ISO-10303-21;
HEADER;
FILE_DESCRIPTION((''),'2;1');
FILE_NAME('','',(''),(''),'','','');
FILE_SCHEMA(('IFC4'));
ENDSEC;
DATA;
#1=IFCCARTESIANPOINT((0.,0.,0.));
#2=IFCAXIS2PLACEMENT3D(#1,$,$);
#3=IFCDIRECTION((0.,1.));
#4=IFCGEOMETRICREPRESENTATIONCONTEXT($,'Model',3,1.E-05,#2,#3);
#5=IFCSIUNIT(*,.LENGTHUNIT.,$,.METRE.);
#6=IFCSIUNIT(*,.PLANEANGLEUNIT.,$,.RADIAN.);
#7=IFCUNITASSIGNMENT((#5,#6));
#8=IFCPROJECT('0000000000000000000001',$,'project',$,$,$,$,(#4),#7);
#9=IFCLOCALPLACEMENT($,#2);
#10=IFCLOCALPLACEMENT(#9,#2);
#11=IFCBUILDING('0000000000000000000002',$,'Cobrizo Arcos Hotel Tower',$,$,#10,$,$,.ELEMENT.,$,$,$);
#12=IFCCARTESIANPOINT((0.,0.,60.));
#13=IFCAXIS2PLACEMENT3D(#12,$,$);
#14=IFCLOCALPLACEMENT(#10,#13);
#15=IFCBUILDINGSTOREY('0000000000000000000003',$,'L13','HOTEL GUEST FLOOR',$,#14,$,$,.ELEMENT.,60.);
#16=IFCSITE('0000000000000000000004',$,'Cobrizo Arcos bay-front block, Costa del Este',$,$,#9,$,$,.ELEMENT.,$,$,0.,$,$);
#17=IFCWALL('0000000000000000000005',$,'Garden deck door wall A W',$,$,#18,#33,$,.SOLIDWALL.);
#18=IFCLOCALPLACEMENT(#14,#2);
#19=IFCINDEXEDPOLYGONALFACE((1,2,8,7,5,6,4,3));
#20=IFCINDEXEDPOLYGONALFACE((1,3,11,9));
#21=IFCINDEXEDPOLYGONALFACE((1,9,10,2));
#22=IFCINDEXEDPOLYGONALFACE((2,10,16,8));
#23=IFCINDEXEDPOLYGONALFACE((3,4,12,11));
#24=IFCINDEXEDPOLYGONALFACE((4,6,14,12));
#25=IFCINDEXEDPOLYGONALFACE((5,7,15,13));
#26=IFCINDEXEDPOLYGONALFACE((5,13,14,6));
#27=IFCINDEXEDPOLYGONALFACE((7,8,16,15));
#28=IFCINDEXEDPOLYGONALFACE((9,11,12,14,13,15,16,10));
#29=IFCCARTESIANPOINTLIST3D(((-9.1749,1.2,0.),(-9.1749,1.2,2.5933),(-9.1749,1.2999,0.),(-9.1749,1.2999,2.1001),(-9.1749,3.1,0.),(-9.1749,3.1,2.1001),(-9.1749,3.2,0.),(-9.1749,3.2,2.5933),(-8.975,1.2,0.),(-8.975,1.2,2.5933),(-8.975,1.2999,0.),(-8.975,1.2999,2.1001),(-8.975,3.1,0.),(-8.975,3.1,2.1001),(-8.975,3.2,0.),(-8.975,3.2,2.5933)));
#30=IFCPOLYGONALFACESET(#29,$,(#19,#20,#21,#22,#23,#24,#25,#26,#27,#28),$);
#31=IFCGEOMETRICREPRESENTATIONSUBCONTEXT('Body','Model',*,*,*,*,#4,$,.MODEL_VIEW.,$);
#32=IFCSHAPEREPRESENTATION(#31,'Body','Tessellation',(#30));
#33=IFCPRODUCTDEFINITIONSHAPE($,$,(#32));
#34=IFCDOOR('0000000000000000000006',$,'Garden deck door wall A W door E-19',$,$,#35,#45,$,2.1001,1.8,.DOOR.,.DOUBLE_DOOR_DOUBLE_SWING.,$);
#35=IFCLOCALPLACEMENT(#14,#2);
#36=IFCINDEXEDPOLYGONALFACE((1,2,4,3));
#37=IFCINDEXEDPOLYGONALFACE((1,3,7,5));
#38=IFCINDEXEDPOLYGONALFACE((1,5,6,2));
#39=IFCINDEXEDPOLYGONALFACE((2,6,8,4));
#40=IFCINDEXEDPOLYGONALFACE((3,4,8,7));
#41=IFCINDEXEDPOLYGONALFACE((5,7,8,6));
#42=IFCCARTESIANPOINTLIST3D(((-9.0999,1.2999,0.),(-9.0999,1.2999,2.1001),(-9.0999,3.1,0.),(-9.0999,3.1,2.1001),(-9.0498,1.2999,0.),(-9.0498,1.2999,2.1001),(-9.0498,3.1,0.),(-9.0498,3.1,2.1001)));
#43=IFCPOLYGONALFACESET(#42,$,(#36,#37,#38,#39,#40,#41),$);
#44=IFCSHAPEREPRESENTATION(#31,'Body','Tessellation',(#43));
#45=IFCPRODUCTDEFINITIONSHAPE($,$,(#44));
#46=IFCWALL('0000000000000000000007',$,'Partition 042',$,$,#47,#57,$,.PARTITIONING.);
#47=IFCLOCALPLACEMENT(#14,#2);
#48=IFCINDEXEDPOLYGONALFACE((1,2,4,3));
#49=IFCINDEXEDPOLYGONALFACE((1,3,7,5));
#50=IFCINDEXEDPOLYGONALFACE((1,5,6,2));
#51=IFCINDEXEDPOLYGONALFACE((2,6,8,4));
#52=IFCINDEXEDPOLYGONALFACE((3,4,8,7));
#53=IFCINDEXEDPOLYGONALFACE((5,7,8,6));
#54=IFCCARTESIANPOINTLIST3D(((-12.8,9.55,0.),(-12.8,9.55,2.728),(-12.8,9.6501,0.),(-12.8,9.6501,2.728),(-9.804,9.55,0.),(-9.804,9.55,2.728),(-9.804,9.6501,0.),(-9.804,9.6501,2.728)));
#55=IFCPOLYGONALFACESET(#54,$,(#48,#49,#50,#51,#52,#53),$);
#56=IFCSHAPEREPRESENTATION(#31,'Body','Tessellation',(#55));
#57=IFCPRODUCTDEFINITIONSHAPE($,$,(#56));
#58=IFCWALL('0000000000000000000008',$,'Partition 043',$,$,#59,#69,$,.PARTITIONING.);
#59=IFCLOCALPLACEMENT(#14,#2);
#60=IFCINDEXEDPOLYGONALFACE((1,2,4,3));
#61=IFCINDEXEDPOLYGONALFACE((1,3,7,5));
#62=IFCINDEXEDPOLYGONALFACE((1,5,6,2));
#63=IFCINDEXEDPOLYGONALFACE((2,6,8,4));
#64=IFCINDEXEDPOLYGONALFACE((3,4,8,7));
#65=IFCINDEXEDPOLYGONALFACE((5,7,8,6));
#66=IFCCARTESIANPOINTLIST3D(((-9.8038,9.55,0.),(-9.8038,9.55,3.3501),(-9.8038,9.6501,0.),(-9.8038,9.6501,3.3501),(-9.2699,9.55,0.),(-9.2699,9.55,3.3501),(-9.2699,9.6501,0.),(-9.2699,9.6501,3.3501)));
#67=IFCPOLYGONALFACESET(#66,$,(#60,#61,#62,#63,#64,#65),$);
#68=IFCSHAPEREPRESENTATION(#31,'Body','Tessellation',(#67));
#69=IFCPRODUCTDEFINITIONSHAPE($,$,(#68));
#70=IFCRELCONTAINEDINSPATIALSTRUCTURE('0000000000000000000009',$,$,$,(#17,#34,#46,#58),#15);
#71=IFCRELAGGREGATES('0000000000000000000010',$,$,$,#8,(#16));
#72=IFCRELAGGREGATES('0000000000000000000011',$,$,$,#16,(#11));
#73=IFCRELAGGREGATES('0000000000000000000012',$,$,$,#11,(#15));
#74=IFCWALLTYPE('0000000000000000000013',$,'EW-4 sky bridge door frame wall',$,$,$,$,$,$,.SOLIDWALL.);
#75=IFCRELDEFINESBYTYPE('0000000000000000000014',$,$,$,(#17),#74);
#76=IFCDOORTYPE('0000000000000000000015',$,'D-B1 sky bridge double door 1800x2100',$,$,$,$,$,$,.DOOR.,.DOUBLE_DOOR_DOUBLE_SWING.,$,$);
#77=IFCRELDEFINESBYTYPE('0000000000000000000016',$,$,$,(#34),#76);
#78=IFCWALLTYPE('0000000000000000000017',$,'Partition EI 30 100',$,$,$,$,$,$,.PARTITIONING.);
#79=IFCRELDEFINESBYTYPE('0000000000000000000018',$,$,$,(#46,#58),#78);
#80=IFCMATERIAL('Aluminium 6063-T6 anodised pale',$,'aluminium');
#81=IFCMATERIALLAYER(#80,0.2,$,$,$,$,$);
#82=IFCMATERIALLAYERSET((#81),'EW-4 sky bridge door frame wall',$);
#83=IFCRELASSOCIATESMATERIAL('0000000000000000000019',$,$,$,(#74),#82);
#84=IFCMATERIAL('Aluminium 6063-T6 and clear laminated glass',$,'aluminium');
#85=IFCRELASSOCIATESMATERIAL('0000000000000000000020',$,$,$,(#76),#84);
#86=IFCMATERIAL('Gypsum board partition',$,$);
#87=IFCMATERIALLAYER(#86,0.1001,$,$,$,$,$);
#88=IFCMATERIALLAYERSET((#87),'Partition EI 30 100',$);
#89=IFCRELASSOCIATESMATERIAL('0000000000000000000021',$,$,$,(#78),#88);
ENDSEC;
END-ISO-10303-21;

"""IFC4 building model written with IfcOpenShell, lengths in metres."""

from ifc_helpers import new_model, si_unit, direction, frame, frame_2d, origin, place, context, subcontext, project, spatial, rectangle, extrude, material, layer, layer_set, type_object, element, fill, save


model = new_model("IFC4")

# Units and contexts
model_context = context("Model", 3, precision=1e-05, world=origin(), true_north=direction((0.0, 1.0)))
body_context = subcontext(model_context, "Body", "Model", "MODEL_VIEW")
ifc_project = project(units=[si_unit("LENGTHUNIT", "METRE"), si_unit("PLANEANGLEUNIT", "RADIAN")], contexts=[model_context])

# Site, building, storey
site_placement = place(None, origin())
site = spatial("IfcSite", under=ifc_project, at=site_placement, Name="Cobrizo Arcos bay-front block, Costa del Este", CompositionType="ELEMENT", RefElevation=0.0)
building_placement = place(site_placement, origin())
building = spatial("IfcBuilding", under=site, at=building_placement, Name="Cobrizo Arcos Hotel Tower", CompositionType="ELEMENT")
storey_placement = place(building_placement, frame((0.0, 0.0, 60.0)))
storey = spatial("IfcBuildingStorey", under=building, at=storey_placement, Name="L13", Description="HOTEL GUEST FLOOR", CompositionType="ELEMENT", Elevation=60.0)

# Shared definitions
ifc_material_1 = material(Name="Gypsum board partition")

# Wall, opening, door
ifc_material_2 = material(Name="Aluminium 6063-T6 anodised pale", Category="aluminium")
ifc_layer_1 = layer(ifc_material_2, 0.2)
ifc_layer_set_1 = layer_set([ifc_layer_1], Name="EW-4 sky bridge door frame wall")
wall_type_1 = type_object("IfcWallType", Name="EW-4 sky bridge door frame wall", PredefinedType="SOLIDWALL", material=ifc_layer_set_1)
wall_1_placement = place(storey_placement, frame((-9.075, 1.2, 0.0), z_axis=(0.0, 0.0, 1.0), x_axis=(0.0, 1.0, 0.0)))
wall_1 = element("IfcWall", 1, at=wall_1_placement, inside=storey, type_object=wall_type_1, Name="Garden deck door wall A W", PredefinedType="SOLIDWALL", context=body_context, shape_type="SweptSolid", body=[
    extrude(rectangle(XDim=2.0, YDim=0.2, at=frame_2d((1.0, 0.0))), origin(), (0.0, 0.0, 1.0), 2.5933),
])
opening_1_placement = place(wall_1_placement, frame((0.1001, 0.0, 0.0)))
opening_1 = element("IfcOpeningElement", 2, at=opening_1_placement, cuts=wall_1, PredefinedType="OPENING", context=body_context, shape_type="SweptSolid", body=[
    extrude(rectangle(XDim=1.8, YDim=2.1001, at=frame_2d((0.8999, 1.05))), frame((0.0, 0.1121, 0.0), z_axis=(0.0, -1.0, 0.0), x_axis=(1.0, 0.0, 0.0)), (0.0, 0.0, 1.0), 0.2239),
])
ifc_material_3 = material(Name="Aluminium 6063-T6 and clear laminated glass", Category="aluminium")
door_type_1 = type_object("IfcDoorType", Name="D-B1 sky bridge double door 1800x2100", OperationType="DOUBLE_DOOR_DOUBLE_SWING", PredefinedType="DOOR", material=ifc_material_3)
door_1_placement = place(opening_1_placement, origin())
door_1 = element("IfcDoor", 3, at=door_1_placement, inside=storey, type_object=door_type_1, Name="Garden deck door wall A W door E-19", OperationType="DOUBLE_DOOR_DOUBLE_SWING", OverallHeight=2.1001, OverallWidth=1.8, PredefinedType="DOOR", context=body_context, shape_type="SweptSolid", body=[
    extrude(rectangle(XDim=1.8, YDim=2.1001, at=frame_2d((0.8999, 1.05))), frame((0.0, 0.0249, 0.0), z_axis=(0.0, -1.0, 0.0), x_axis=(1.0, 0.0, 0.0)), (0.0, 0.0, 1.0), 0.05),
])
fill(opening_1, door_1)

# Walls
ifc_layer_2 = layer(ifc_material_1, 0.1001)
ifc_layer_set_2 = layer_set([ifc_layer_2], Name="Partition EI 30 100")
wall_type_2 = type_object("IfcWallType", Name="Partition EI 30 100", PredefinedType="PARTITIONING", material=ifc_layer_set_2)
wall_2_placement = place(storey_placement, frame((-12.8, 9.6001, 0.0), z_axis=(0.0, 0.0, 1.0), x_axis=(1.0, 0.0, 0.0)))
element("IfcWall", 4, at=wall_2_placement, inside=storey, type_object=wall_type_2, Name="Partition 042", PredefinedType="PARTITIONING", context=body_context, shape_type="SweptSolid", body=[
    extrude(rectangle(XDim=2.9961, YDim=0.1001, at=frame_2d((1.498, 0.0))), origin(), (0.0, 0.0, 1.0), 2.728),
])
wall_3_placement = place(storey_placement, frame((-9.804, 9.6001, 0.0), z_axis=(0.0, 0.0, 1.0), x_axis=(1.0, 0.0, 0.0)))
element("IfcWall", 5, at=wall_3_placement, inside=storey, type_object=wall_type_2, Name="Partition 043", PredefinedType="PARTITIONING", context=body_context, shape_type="SweptSolid", body=[
    extrude(rectangle(XDim=0.5339, YDim=0.1001, at=frame_2d((0.2671, 0.0))), origin(), (0.0, 0.0, 1.0), 3.3501),
])

save(model, "model.ifc")
